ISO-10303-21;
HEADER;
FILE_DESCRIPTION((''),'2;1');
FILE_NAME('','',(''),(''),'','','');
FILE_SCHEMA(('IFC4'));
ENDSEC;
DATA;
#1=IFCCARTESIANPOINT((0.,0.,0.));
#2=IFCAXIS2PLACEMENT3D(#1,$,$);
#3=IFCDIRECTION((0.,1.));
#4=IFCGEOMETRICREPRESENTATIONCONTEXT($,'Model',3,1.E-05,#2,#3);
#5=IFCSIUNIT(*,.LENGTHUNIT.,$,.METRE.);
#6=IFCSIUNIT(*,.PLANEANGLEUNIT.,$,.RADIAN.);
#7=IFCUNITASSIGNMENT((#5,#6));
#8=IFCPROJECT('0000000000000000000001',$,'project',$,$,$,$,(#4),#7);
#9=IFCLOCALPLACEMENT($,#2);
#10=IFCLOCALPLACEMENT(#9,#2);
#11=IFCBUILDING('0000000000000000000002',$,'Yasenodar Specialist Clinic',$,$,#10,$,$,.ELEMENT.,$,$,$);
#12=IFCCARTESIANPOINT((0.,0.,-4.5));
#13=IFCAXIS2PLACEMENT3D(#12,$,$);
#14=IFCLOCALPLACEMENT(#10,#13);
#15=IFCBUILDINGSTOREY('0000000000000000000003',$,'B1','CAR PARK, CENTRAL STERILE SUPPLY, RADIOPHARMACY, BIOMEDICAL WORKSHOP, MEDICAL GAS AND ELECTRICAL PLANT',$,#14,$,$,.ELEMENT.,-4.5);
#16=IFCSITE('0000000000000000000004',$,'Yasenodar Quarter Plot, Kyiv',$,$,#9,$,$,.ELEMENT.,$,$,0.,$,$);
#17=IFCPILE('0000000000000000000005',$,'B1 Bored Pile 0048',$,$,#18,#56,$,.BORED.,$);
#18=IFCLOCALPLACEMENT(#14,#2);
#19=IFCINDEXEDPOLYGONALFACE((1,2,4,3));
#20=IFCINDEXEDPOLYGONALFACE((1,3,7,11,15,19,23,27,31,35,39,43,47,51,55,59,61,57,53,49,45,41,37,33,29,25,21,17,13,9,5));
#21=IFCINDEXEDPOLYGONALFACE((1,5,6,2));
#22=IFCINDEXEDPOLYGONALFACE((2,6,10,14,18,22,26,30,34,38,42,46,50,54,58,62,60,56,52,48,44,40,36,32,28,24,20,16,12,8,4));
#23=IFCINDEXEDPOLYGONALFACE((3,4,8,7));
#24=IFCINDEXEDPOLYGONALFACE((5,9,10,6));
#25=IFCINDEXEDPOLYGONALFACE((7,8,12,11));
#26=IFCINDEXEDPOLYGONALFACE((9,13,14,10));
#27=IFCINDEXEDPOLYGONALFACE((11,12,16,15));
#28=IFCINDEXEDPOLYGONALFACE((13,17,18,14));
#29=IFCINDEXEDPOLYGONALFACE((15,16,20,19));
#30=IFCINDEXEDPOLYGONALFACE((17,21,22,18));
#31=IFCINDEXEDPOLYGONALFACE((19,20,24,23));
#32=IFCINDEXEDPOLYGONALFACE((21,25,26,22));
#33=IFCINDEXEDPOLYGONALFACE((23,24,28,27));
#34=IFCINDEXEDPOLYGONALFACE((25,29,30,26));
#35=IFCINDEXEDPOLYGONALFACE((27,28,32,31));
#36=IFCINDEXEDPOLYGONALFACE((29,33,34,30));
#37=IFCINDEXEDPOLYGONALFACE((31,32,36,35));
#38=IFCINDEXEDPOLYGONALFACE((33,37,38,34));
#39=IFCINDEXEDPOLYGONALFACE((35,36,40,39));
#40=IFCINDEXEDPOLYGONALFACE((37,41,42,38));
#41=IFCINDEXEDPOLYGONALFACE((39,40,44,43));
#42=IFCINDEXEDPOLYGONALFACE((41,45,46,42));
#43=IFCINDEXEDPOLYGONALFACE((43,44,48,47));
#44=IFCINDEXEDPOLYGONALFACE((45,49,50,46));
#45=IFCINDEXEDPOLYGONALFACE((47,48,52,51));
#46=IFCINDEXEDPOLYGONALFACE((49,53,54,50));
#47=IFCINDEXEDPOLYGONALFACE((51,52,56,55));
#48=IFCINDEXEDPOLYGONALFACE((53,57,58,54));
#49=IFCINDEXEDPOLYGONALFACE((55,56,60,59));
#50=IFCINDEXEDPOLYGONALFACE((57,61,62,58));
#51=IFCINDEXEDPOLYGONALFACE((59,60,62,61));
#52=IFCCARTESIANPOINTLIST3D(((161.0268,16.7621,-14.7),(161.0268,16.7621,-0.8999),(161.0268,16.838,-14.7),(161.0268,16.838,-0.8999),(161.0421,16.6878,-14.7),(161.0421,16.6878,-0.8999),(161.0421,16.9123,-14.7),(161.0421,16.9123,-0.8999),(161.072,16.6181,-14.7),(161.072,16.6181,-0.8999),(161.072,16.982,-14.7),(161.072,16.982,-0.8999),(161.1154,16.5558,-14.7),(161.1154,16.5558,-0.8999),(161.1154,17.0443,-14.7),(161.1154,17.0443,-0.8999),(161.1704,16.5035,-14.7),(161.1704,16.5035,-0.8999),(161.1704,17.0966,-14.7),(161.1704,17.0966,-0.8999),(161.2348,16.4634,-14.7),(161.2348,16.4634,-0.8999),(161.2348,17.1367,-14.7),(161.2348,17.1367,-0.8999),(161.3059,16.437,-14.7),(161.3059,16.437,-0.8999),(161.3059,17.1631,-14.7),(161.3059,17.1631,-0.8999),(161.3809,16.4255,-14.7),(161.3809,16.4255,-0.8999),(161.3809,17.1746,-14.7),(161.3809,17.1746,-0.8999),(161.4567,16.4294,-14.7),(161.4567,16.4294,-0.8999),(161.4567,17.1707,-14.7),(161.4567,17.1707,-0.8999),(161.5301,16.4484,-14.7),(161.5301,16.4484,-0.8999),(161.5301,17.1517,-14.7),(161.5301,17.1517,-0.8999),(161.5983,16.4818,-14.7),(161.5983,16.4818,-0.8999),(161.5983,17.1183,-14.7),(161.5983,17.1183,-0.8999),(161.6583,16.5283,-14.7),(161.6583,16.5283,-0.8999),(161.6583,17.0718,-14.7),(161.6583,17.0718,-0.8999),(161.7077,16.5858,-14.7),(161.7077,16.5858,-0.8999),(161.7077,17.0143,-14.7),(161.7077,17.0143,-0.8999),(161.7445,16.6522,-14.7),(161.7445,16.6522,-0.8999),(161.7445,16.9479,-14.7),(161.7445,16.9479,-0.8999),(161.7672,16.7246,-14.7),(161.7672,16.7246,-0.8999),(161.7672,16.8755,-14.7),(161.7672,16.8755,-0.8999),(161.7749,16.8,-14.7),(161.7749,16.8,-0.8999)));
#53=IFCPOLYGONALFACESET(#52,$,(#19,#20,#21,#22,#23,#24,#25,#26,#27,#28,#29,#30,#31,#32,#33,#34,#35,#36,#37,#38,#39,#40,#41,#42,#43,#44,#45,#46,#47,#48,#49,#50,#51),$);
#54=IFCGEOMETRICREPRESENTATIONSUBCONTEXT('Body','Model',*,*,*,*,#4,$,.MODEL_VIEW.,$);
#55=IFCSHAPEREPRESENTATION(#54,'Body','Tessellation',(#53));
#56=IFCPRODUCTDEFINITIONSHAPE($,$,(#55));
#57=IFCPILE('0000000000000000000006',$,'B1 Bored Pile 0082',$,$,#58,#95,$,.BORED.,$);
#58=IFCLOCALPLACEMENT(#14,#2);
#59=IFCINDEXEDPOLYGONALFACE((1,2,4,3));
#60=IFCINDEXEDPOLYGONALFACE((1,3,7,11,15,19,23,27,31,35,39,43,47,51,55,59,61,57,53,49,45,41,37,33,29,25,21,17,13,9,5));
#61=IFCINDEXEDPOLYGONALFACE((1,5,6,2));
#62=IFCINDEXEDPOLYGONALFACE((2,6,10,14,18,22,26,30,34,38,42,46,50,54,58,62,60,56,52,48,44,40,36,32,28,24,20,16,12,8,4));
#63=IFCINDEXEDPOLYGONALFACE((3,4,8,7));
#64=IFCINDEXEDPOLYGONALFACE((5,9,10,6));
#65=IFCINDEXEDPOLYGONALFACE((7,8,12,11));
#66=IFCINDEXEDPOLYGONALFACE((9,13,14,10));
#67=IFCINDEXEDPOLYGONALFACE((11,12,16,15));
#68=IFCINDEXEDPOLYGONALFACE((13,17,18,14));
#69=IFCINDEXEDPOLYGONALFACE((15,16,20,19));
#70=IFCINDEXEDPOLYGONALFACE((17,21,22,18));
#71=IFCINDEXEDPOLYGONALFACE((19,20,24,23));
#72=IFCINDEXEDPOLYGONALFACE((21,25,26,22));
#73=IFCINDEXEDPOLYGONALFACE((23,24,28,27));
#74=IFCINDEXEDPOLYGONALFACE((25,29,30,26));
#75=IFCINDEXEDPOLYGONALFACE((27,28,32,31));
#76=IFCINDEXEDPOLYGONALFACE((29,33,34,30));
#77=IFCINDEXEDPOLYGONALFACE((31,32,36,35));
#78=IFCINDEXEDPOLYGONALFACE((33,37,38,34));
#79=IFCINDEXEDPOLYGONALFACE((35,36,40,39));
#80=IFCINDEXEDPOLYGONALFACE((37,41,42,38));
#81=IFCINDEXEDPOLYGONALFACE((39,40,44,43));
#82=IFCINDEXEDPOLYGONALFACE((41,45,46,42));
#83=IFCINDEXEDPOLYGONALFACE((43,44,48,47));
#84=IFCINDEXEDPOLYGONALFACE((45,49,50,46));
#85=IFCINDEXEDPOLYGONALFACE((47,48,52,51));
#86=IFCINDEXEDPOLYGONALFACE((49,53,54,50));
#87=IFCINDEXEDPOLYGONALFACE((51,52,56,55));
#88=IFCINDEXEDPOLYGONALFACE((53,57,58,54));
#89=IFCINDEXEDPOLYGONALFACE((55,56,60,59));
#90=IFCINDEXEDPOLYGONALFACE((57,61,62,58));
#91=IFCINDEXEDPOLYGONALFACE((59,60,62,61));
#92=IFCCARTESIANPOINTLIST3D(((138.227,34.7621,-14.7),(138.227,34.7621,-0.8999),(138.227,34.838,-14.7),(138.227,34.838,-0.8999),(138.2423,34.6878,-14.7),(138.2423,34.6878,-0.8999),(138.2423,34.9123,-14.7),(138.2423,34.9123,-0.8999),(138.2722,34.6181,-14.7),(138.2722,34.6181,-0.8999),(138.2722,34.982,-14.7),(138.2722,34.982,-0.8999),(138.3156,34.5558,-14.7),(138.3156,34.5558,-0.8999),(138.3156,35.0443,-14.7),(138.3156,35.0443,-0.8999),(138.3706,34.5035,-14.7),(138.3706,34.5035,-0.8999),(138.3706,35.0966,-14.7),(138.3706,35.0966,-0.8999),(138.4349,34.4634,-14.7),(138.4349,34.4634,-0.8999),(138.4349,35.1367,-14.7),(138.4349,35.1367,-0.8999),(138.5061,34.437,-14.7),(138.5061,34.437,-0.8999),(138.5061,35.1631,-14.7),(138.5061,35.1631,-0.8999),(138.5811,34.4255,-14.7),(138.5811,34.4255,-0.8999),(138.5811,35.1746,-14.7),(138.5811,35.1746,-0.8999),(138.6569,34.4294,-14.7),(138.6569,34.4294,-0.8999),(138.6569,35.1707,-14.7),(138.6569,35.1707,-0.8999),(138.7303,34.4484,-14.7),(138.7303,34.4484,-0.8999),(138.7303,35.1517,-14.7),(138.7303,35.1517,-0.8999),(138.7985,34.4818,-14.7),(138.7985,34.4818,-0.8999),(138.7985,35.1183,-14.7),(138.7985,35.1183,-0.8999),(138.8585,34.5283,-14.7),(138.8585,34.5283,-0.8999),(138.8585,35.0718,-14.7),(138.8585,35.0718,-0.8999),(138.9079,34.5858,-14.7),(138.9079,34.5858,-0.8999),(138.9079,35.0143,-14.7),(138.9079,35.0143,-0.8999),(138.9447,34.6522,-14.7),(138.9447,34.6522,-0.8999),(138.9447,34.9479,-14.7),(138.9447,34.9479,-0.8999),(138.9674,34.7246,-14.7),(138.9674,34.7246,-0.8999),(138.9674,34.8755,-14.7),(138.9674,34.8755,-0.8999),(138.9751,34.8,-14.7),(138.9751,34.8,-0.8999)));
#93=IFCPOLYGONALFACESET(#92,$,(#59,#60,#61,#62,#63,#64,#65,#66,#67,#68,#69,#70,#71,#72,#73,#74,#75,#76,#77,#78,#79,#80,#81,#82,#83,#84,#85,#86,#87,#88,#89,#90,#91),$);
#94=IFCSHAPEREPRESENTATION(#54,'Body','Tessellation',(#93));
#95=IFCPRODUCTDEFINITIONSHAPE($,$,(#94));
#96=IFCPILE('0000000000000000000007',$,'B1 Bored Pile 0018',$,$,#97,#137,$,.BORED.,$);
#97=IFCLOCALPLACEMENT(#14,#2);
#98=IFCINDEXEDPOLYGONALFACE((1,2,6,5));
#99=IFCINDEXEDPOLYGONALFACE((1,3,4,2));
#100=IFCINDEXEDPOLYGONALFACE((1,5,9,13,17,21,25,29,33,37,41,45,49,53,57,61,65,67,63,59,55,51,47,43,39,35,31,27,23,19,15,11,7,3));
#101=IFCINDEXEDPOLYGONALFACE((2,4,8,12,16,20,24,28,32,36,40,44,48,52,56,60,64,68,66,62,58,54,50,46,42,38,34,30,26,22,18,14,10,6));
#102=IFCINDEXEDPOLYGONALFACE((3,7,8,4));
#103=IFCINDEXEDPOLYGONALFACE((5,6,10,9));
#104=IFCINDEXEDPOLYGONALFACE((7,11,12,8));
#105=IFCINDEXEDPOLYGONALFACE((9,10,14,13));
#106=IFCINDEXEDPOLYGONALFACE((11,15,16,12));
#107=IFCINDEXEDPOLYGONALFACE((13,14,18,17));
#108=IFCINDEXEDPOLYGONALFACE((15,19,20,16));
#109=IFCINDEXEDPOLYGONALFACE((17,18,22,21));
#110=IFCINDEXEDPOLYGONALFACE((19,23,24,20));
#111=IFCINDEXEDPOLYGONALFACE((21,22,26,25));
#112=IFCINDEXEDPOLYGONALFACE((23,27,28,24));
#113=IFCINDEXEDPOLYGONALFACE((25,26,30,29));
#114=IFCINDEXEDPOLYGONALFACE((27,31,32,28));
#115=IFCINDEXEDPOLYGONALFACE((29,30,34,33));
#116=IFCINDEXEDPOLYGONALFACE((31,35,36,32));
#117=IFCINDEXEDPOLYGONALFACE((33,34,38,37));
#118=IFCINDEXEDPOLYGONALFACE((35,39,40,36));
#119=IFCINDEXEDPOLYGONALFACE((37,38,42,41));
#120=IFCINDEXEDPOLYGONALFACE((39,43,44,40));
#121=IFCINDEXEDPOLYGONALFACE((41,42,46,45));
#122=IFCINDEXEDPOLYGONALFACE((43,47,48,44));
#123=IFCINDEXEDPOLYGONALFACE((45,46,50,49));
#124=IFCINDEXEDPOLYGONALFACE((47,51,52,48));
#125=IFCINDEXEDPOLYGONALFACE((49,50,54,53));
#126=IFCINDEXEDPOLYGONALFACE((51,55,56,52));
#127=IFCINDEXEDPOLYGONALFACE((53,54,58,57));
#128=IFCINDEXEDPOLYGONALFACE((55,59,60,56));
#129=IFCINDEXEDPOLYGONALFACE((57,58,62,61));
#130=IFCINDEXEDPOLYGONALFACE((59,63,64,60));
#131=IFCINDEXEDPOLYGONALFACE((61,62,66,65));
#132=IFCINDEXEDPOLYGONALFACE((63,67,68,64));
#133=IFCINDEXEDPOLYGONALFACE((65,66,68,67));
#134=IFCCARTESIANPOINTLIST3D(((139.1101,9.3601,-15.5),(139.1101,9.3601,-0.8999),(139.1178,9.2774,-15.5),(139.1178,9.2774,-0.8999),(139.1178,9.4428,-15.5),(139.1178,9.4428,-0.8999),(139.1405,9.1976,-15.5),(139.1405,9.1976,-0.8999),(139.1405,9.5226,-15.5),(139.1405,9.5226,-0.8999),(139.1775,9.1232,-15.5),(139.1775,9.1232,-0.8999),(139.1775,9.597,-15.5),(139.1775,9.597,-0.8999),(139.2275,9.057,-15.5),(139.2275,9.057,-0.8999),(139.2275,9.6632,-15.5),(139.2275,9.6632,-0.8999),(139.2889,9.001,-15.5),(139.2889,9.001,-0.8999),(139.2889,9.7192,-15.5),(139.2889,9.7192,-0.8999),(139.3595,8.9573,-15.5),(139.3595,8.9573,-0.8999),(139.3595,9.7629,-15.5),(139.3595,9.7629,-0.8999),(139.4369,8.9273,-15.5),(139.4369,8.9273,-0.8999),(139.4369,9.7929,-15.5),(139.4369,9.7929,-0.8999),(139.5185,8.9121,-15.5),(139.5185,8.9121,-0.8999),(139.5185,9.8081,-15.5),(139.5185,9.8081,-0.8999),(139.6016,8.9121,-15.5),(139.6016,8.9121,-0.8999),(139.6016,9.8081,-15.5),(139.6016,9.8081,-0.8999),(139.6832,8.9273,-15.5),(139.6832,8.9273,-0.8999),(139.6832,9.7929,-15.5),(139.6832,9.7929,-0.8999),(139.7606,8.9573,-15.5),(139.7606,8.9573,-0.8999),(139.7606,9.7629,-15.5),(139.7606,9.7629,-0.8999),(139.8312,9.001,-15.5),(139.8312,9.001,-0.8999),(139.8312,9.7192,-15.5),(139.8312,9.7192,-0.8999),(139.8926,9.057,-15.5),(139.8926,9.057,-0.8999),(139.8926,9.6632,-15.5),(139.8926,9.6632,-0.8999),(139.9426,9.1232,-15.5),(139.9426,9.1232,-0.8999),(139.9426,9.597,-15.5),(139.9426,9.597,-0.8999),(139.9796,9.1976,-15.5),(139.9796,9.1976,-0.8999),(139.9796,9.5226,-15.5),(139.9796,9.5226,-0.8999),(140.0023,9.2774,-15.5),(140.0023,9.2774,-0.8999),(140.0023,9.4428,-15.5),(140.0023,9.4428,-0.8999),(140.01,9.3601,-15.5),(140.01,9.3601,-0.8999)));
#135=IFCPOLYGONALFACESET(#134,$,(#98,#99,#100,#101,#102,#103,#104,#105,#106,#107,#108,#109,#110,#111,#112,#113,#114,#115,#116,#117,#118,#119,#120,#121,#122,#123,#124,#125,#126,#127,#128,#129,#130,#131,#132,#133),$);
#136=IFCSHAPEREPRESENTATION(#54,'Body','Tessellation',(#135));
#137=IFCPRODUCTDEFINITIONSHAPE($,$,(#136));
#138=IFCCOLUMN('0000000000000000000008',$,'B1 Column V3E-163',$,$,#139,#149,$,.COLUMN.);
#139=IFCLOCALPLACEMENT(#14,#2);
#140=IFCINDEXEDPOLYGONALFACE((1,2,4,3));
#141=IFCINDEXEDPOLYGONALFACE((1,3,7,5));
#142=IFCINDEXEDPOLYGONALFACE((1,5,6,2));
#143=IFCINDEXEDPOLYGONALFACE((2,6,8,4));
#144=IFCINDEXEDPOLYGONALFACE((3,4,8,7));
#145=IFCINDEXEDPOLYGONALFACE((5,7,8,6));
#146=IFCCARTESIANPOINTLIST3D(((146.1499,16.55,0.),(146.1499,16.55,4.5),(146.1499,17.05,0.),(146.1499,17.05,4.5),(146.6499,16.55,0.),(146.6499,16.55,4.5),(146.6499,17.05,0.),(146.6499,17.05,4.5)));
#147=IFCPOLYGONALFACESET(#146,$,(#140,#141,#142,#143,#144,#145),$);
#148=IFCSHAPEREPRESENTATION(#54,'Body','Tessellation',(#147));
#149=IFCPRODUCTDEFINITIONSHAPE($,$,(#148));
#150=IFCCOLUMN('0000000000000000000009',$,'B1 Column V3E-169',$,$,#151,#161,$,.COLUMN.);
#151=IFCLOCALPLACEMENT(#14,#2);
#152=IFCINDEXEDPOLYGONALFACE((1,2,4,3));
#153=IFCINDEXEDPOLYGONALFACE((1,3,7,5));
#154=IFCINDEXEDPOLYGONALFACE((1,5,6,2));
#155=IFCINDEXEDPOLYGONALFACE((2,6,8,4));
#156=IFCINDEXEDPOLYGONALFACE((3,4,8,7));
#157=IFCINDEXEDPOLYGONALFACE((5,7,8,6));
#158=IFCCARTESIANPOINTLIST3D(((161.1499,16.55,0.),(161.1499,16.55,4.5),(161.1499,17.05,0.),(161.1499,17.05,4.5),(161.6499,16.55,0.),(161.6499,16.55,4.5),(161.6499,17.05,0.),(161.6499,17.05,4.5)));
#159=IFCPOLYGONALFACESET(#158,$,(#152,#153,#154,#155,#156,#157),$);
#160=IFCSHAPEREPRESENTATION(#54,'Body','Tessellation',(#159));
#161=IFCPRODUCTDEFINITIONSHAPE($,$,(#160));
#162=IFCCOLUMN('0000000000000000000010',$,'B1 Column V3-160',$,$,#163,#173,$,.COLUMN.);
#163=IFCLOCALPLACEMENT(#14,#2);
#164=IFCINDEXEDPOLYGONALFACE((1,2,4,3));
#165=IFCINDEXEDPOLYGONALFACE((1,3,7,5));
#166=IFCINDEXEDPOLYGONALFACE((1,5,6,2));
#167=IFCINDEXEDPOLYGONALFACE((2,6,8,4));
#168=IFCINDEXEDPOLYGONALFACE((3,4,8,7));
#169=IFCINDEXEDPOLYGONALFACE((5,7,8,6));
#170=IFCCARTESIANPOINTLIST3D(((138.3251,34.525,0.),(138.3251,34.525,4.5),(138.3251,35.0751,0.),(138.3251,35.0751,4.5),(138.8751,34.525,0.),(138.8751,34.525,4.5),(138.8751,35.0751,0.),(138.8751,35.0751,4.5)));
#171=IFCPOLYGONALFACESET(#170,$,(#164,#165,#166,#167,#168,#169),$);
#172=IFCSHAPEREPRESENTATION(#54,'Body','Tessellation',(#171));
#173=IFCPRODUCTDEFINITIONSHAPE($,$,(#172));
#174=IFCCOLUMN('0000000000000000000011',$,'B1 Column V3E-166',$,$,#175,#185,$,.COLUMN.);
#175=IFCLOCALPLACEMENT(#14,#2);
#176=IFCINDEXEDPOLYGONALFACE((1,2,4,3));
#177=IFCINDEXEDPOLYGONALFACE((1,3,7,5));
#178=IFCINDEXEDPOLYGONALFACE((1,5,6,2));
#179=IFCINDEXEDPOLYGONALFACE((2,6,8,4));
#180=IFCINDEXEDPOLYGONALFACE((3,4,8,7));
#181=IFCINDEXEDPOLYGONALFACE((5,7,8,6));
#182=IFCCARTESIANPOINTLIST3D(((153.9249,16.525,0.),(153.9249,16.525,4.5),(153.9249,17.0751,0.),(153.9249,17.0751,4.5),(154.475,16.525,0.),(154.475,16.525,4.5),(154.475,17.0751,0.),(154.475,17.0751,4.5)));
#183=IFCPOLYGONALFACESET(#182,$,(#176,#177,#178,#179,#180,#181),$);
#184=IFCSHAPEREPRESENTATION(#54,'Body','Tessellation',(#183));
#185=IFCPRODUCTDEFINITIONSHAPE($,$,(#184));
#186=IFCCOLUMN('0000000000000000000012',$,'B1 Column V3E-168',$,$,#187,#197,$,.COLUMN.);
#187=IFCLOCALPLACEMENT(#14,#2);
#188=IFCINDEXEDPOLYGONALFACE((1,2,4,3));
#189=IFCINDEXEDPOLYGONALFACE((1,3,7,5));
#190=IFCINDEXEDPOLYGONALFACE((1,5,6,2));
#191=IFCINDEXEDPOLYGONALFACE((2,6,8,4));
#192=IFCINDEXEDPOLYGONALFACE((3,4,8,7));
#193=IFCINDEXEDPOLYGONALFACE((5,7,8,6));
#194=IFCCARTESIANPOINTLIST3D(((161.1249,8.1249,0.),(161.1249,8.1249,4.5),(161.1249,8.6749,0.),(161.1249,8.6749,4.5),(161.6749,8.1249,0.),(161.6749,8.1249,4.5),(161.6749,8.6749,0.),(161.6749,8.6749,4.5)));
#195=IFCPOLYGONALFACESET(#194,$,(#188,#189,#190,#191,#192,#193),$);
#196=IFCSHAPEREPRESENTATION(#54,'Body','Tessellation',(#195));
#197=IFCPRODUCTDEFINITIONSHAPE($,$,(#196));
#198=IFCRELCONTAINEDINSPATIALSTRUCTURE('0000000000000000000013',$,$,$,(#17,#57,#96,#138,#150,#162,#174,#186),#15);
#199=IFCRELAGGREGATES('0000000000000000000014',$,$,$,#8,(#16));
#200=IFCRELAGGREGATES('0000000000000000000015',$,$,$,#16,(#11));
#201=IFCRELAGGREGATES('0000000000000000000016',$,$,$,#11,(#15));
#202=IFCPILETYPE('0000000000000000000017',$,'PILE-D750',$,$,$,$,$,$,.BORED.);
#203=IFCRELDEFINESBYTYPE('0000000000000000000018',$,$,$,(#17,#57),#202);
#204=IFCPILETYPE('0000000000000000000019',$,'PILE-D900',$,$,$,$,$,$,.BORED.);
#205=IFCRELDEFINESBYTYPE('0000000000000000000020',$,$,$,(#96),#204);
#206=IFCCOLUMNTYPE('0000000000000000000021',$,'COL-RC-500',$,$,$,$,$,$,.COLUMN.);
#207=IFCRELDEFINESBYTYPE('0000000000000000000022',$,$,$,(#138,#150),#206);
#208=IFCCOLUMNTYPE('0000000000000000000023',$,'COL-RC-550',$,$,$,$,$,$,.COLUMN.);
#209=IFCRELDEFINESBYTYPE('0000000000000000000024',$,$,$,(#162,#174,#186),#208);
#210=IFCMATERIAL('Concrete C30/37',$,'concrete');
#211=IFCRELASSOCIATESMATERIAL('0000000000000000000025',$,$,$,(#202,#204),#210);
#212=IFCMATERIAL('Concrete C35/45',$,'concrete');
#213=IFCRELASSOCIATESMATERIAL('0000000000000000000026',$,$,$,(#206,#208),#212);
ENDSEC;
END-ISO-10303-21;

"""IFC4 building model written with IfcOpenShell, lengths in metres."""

from ifc_helpers import new_model, si_unit, direction, frame, origin, origin_2d, place, context, subcontext, project, spatial, rectangle, circle, extrude, material, material_profile, profile_set, type_object, element, save


model = new_model("IFC4")

# Units and contexts
model_context = context("Model", 3, precision=1e-05, world=origin(), true_north=direction((0.0, 1.0)))
body_context = subcontext(model_context, "Body", "Model", "MODEL_VIEW")
ifc_project = project(units=[si_unit("LENGTHUNIT", "METRE"), si_unit("PLANEANGLEUNIT", "RADIAN")], contexts=[model_context])

# Site, building, storey
site_placement = place(None, origin())
site = spatial("IfcSite", under=ifc_project, at=site_placement, Name="Yasenodar Quarter Plot, Kyiv", CompositionType="ELEMENT", RefElevation=0.0)
building_placement = place(site_placement, origin())
building = spatial("IfcBuilding", under=site, at=building_placement, Name="Yasenodar Specialist Clinic", CompositionType="ELEMENT")
storey_placement = place(building_placement, frame((0.0, 0.0, -4.5)))
storey = spatial("IfcBuildingStorey", under=building, at=storey_placement, Name="B1", Description="CAR PARK, CENTRAL STERILE SUPPLY, RADIOPHARMACY, BIOMEDICAL WORKSHOP, MEDICAL GAS AND ELECTRICAL PLANT", CompositionType="ELEMENT", Elevation=-4.5)

# Shared definitions
ifc_material_1 = material(Name="Concrete C35/45", Category="concrete")

# Piles
ifc_material_2 = material(Name="Concrete C30/37", Category="concrete")
ifc_material_profile_1 = material_profile(ifc_material_2, circle(Radius=0.375, at=origin_2d()), Name="PILE D750")
ifc_profile_set_1 = profile_set([ifc_material_profile_1], Name="Concrete C30/37")
pile_type_1 = type_object("IfcPileType", Name="PILE-D750", PredefinedType="BORED", material=ifc_profile_set_1)
for number, where, z_axis, x_axis, name in (
    (1, (161.3999, 16.8, -0.8999), (0.0, 0.0, -1.0), (1.0, 0.0, 0.0), "B1 Bored Pile 0048"),
    (2, (138.6001, 34.8, -0.8999), (0.0, 0.0, -1.0), (1.0, 0.0, 0.0), "B1 Bored Pile 0082"),
):
    element("IfcPile", number, at=place(storey_placement, frame(where, z_axis=z_axis, x_axis=x_axis)), inside=storey, type_object=pile_type_1, Name=name, PredefinedType="BORED", context=body_context, shape_type="SweptSolid", body=[
        extrude(circle(Radius=0.375, at=origin_2d()), origin(), (0.0, 0.0, 1.0), 13.8),
    ])
ifc_material_profile_2 = material_profile(ifc_material_2, circle(Radius=0.45, at=origin_2d()), Name="PILE D900")
ifc_profile_set_2 = profile_set([ifc_material_profile_2], Name="Concrete C30/37")
pile_type_2 = type_object("IfcPileType", Name="PILE-D900", PredefinedType="BORED", material=ifc_profile_set_2)
pile_placement = place(storey_placement, frame((139.5601, 9.3601, -0.8999), z_axis=(0.0, 0.0, -1.0), x_axis=(1.0, 0.0, 0.0)))
element("IfcPile", 3, at=pile_placement, inside=storey, type_object=pile_type_2, Name="B1 Bored Pile 0018", PredefinedType="BORED", context=body_context, shape_type="SweptSolid", body=[
    extrude(circle(Radius=0.45, at=origin_2d()), origin(), (0.0, 0.0, 1.0), 14.6001),
])

# Columns
ifc_material_profile_3 = material_profile(ifc_material_1, rectangle(XDim=0.5, YDim=0.5, at=origin_2d()), Name="RC 500x500")
ifc_profile_set_3 = profile_set([ifc_material_profile_3], Name="Concrete C35/45")
column_type_1 = type_object("IfcColumnType", Name="COL-RC-500", PredefinedType="COLUMN", material=ifc_profile_set_3)
for number, where, z_axis, x_axis, name in (
    (4, (146.3999, 16.8, 0.0), (0.0, 0.0, 1.0), (1.0, 0.0, 0.0), "B1 Column V3E-163"),
    (5, (161.3999, 16.8, 0.0), (0.0, 0.0, 1.0), (1.0, 0.0, 0.0), "B1 Column V3E-169"),
):
    element("IfcColumn", number, at=place(storey_placement, frame(where, z_axis=z_axis, x_axis=x_axis)), inside=storey, type_object=column_type_1, Name=name, PredefinedType="COLUMN", context=body_context, shape_type="SweptSolid", body=[
        extrude(rectangle(XDim=0.5, YDim=0.5, at=origin_2d()), origin(), (0.0, 0.0, 1.0), 4.5),
    ])
ifc_material_profile_4 = material_profile(ifc_material_1, rectangle(XDim=0.55, YDim=0.55, at=origin_2d()), Name="RC 550x550")
ifc_profile_set_4 = profile_set([ifc_material_profile_4], Name="Concrete C35/45")
column_type_2 = type_object("IfcColumnType", Name="COL-RC-550", PredefinedType="COLUMN", material=ifc_profile_set_4)
for number, where, z_axis, x_axis, name in (
    (6, (138.6001, 34.8, 0.0), (0.0, 0.0, 1.0), (1.0, 0.0, 0.0), "B1 Column V3-160"),
    (7, (154.2, 16.8, 0.0), (0.0, 0.0, 1.0), (1.0, 0.0, 0.0), "B1 Column V3E-166"),
    (8, (161.3999, 8.3999, 0.0), (0.0, 0.0, 1.0), (1.0, 0.0, 0.0), "B1 Column V3E-168"),
):
    element("IfcColumn", number, at=place(storey_placement, frame(where, z_axis=z_axis, x_axis=x_axis)), inside=storey, type_object=column_type_2, Name=name, PredefinedType="COLUMN", context=body_context, shape_type="SweptSolid", body=[
        extrude(rectangle(XDim=0.55, YDim=0.55, at=origin_2d()), origin(), (0.0, 0.0, 1.0), 4.5),
    ])

save(model, "model.ifc")
